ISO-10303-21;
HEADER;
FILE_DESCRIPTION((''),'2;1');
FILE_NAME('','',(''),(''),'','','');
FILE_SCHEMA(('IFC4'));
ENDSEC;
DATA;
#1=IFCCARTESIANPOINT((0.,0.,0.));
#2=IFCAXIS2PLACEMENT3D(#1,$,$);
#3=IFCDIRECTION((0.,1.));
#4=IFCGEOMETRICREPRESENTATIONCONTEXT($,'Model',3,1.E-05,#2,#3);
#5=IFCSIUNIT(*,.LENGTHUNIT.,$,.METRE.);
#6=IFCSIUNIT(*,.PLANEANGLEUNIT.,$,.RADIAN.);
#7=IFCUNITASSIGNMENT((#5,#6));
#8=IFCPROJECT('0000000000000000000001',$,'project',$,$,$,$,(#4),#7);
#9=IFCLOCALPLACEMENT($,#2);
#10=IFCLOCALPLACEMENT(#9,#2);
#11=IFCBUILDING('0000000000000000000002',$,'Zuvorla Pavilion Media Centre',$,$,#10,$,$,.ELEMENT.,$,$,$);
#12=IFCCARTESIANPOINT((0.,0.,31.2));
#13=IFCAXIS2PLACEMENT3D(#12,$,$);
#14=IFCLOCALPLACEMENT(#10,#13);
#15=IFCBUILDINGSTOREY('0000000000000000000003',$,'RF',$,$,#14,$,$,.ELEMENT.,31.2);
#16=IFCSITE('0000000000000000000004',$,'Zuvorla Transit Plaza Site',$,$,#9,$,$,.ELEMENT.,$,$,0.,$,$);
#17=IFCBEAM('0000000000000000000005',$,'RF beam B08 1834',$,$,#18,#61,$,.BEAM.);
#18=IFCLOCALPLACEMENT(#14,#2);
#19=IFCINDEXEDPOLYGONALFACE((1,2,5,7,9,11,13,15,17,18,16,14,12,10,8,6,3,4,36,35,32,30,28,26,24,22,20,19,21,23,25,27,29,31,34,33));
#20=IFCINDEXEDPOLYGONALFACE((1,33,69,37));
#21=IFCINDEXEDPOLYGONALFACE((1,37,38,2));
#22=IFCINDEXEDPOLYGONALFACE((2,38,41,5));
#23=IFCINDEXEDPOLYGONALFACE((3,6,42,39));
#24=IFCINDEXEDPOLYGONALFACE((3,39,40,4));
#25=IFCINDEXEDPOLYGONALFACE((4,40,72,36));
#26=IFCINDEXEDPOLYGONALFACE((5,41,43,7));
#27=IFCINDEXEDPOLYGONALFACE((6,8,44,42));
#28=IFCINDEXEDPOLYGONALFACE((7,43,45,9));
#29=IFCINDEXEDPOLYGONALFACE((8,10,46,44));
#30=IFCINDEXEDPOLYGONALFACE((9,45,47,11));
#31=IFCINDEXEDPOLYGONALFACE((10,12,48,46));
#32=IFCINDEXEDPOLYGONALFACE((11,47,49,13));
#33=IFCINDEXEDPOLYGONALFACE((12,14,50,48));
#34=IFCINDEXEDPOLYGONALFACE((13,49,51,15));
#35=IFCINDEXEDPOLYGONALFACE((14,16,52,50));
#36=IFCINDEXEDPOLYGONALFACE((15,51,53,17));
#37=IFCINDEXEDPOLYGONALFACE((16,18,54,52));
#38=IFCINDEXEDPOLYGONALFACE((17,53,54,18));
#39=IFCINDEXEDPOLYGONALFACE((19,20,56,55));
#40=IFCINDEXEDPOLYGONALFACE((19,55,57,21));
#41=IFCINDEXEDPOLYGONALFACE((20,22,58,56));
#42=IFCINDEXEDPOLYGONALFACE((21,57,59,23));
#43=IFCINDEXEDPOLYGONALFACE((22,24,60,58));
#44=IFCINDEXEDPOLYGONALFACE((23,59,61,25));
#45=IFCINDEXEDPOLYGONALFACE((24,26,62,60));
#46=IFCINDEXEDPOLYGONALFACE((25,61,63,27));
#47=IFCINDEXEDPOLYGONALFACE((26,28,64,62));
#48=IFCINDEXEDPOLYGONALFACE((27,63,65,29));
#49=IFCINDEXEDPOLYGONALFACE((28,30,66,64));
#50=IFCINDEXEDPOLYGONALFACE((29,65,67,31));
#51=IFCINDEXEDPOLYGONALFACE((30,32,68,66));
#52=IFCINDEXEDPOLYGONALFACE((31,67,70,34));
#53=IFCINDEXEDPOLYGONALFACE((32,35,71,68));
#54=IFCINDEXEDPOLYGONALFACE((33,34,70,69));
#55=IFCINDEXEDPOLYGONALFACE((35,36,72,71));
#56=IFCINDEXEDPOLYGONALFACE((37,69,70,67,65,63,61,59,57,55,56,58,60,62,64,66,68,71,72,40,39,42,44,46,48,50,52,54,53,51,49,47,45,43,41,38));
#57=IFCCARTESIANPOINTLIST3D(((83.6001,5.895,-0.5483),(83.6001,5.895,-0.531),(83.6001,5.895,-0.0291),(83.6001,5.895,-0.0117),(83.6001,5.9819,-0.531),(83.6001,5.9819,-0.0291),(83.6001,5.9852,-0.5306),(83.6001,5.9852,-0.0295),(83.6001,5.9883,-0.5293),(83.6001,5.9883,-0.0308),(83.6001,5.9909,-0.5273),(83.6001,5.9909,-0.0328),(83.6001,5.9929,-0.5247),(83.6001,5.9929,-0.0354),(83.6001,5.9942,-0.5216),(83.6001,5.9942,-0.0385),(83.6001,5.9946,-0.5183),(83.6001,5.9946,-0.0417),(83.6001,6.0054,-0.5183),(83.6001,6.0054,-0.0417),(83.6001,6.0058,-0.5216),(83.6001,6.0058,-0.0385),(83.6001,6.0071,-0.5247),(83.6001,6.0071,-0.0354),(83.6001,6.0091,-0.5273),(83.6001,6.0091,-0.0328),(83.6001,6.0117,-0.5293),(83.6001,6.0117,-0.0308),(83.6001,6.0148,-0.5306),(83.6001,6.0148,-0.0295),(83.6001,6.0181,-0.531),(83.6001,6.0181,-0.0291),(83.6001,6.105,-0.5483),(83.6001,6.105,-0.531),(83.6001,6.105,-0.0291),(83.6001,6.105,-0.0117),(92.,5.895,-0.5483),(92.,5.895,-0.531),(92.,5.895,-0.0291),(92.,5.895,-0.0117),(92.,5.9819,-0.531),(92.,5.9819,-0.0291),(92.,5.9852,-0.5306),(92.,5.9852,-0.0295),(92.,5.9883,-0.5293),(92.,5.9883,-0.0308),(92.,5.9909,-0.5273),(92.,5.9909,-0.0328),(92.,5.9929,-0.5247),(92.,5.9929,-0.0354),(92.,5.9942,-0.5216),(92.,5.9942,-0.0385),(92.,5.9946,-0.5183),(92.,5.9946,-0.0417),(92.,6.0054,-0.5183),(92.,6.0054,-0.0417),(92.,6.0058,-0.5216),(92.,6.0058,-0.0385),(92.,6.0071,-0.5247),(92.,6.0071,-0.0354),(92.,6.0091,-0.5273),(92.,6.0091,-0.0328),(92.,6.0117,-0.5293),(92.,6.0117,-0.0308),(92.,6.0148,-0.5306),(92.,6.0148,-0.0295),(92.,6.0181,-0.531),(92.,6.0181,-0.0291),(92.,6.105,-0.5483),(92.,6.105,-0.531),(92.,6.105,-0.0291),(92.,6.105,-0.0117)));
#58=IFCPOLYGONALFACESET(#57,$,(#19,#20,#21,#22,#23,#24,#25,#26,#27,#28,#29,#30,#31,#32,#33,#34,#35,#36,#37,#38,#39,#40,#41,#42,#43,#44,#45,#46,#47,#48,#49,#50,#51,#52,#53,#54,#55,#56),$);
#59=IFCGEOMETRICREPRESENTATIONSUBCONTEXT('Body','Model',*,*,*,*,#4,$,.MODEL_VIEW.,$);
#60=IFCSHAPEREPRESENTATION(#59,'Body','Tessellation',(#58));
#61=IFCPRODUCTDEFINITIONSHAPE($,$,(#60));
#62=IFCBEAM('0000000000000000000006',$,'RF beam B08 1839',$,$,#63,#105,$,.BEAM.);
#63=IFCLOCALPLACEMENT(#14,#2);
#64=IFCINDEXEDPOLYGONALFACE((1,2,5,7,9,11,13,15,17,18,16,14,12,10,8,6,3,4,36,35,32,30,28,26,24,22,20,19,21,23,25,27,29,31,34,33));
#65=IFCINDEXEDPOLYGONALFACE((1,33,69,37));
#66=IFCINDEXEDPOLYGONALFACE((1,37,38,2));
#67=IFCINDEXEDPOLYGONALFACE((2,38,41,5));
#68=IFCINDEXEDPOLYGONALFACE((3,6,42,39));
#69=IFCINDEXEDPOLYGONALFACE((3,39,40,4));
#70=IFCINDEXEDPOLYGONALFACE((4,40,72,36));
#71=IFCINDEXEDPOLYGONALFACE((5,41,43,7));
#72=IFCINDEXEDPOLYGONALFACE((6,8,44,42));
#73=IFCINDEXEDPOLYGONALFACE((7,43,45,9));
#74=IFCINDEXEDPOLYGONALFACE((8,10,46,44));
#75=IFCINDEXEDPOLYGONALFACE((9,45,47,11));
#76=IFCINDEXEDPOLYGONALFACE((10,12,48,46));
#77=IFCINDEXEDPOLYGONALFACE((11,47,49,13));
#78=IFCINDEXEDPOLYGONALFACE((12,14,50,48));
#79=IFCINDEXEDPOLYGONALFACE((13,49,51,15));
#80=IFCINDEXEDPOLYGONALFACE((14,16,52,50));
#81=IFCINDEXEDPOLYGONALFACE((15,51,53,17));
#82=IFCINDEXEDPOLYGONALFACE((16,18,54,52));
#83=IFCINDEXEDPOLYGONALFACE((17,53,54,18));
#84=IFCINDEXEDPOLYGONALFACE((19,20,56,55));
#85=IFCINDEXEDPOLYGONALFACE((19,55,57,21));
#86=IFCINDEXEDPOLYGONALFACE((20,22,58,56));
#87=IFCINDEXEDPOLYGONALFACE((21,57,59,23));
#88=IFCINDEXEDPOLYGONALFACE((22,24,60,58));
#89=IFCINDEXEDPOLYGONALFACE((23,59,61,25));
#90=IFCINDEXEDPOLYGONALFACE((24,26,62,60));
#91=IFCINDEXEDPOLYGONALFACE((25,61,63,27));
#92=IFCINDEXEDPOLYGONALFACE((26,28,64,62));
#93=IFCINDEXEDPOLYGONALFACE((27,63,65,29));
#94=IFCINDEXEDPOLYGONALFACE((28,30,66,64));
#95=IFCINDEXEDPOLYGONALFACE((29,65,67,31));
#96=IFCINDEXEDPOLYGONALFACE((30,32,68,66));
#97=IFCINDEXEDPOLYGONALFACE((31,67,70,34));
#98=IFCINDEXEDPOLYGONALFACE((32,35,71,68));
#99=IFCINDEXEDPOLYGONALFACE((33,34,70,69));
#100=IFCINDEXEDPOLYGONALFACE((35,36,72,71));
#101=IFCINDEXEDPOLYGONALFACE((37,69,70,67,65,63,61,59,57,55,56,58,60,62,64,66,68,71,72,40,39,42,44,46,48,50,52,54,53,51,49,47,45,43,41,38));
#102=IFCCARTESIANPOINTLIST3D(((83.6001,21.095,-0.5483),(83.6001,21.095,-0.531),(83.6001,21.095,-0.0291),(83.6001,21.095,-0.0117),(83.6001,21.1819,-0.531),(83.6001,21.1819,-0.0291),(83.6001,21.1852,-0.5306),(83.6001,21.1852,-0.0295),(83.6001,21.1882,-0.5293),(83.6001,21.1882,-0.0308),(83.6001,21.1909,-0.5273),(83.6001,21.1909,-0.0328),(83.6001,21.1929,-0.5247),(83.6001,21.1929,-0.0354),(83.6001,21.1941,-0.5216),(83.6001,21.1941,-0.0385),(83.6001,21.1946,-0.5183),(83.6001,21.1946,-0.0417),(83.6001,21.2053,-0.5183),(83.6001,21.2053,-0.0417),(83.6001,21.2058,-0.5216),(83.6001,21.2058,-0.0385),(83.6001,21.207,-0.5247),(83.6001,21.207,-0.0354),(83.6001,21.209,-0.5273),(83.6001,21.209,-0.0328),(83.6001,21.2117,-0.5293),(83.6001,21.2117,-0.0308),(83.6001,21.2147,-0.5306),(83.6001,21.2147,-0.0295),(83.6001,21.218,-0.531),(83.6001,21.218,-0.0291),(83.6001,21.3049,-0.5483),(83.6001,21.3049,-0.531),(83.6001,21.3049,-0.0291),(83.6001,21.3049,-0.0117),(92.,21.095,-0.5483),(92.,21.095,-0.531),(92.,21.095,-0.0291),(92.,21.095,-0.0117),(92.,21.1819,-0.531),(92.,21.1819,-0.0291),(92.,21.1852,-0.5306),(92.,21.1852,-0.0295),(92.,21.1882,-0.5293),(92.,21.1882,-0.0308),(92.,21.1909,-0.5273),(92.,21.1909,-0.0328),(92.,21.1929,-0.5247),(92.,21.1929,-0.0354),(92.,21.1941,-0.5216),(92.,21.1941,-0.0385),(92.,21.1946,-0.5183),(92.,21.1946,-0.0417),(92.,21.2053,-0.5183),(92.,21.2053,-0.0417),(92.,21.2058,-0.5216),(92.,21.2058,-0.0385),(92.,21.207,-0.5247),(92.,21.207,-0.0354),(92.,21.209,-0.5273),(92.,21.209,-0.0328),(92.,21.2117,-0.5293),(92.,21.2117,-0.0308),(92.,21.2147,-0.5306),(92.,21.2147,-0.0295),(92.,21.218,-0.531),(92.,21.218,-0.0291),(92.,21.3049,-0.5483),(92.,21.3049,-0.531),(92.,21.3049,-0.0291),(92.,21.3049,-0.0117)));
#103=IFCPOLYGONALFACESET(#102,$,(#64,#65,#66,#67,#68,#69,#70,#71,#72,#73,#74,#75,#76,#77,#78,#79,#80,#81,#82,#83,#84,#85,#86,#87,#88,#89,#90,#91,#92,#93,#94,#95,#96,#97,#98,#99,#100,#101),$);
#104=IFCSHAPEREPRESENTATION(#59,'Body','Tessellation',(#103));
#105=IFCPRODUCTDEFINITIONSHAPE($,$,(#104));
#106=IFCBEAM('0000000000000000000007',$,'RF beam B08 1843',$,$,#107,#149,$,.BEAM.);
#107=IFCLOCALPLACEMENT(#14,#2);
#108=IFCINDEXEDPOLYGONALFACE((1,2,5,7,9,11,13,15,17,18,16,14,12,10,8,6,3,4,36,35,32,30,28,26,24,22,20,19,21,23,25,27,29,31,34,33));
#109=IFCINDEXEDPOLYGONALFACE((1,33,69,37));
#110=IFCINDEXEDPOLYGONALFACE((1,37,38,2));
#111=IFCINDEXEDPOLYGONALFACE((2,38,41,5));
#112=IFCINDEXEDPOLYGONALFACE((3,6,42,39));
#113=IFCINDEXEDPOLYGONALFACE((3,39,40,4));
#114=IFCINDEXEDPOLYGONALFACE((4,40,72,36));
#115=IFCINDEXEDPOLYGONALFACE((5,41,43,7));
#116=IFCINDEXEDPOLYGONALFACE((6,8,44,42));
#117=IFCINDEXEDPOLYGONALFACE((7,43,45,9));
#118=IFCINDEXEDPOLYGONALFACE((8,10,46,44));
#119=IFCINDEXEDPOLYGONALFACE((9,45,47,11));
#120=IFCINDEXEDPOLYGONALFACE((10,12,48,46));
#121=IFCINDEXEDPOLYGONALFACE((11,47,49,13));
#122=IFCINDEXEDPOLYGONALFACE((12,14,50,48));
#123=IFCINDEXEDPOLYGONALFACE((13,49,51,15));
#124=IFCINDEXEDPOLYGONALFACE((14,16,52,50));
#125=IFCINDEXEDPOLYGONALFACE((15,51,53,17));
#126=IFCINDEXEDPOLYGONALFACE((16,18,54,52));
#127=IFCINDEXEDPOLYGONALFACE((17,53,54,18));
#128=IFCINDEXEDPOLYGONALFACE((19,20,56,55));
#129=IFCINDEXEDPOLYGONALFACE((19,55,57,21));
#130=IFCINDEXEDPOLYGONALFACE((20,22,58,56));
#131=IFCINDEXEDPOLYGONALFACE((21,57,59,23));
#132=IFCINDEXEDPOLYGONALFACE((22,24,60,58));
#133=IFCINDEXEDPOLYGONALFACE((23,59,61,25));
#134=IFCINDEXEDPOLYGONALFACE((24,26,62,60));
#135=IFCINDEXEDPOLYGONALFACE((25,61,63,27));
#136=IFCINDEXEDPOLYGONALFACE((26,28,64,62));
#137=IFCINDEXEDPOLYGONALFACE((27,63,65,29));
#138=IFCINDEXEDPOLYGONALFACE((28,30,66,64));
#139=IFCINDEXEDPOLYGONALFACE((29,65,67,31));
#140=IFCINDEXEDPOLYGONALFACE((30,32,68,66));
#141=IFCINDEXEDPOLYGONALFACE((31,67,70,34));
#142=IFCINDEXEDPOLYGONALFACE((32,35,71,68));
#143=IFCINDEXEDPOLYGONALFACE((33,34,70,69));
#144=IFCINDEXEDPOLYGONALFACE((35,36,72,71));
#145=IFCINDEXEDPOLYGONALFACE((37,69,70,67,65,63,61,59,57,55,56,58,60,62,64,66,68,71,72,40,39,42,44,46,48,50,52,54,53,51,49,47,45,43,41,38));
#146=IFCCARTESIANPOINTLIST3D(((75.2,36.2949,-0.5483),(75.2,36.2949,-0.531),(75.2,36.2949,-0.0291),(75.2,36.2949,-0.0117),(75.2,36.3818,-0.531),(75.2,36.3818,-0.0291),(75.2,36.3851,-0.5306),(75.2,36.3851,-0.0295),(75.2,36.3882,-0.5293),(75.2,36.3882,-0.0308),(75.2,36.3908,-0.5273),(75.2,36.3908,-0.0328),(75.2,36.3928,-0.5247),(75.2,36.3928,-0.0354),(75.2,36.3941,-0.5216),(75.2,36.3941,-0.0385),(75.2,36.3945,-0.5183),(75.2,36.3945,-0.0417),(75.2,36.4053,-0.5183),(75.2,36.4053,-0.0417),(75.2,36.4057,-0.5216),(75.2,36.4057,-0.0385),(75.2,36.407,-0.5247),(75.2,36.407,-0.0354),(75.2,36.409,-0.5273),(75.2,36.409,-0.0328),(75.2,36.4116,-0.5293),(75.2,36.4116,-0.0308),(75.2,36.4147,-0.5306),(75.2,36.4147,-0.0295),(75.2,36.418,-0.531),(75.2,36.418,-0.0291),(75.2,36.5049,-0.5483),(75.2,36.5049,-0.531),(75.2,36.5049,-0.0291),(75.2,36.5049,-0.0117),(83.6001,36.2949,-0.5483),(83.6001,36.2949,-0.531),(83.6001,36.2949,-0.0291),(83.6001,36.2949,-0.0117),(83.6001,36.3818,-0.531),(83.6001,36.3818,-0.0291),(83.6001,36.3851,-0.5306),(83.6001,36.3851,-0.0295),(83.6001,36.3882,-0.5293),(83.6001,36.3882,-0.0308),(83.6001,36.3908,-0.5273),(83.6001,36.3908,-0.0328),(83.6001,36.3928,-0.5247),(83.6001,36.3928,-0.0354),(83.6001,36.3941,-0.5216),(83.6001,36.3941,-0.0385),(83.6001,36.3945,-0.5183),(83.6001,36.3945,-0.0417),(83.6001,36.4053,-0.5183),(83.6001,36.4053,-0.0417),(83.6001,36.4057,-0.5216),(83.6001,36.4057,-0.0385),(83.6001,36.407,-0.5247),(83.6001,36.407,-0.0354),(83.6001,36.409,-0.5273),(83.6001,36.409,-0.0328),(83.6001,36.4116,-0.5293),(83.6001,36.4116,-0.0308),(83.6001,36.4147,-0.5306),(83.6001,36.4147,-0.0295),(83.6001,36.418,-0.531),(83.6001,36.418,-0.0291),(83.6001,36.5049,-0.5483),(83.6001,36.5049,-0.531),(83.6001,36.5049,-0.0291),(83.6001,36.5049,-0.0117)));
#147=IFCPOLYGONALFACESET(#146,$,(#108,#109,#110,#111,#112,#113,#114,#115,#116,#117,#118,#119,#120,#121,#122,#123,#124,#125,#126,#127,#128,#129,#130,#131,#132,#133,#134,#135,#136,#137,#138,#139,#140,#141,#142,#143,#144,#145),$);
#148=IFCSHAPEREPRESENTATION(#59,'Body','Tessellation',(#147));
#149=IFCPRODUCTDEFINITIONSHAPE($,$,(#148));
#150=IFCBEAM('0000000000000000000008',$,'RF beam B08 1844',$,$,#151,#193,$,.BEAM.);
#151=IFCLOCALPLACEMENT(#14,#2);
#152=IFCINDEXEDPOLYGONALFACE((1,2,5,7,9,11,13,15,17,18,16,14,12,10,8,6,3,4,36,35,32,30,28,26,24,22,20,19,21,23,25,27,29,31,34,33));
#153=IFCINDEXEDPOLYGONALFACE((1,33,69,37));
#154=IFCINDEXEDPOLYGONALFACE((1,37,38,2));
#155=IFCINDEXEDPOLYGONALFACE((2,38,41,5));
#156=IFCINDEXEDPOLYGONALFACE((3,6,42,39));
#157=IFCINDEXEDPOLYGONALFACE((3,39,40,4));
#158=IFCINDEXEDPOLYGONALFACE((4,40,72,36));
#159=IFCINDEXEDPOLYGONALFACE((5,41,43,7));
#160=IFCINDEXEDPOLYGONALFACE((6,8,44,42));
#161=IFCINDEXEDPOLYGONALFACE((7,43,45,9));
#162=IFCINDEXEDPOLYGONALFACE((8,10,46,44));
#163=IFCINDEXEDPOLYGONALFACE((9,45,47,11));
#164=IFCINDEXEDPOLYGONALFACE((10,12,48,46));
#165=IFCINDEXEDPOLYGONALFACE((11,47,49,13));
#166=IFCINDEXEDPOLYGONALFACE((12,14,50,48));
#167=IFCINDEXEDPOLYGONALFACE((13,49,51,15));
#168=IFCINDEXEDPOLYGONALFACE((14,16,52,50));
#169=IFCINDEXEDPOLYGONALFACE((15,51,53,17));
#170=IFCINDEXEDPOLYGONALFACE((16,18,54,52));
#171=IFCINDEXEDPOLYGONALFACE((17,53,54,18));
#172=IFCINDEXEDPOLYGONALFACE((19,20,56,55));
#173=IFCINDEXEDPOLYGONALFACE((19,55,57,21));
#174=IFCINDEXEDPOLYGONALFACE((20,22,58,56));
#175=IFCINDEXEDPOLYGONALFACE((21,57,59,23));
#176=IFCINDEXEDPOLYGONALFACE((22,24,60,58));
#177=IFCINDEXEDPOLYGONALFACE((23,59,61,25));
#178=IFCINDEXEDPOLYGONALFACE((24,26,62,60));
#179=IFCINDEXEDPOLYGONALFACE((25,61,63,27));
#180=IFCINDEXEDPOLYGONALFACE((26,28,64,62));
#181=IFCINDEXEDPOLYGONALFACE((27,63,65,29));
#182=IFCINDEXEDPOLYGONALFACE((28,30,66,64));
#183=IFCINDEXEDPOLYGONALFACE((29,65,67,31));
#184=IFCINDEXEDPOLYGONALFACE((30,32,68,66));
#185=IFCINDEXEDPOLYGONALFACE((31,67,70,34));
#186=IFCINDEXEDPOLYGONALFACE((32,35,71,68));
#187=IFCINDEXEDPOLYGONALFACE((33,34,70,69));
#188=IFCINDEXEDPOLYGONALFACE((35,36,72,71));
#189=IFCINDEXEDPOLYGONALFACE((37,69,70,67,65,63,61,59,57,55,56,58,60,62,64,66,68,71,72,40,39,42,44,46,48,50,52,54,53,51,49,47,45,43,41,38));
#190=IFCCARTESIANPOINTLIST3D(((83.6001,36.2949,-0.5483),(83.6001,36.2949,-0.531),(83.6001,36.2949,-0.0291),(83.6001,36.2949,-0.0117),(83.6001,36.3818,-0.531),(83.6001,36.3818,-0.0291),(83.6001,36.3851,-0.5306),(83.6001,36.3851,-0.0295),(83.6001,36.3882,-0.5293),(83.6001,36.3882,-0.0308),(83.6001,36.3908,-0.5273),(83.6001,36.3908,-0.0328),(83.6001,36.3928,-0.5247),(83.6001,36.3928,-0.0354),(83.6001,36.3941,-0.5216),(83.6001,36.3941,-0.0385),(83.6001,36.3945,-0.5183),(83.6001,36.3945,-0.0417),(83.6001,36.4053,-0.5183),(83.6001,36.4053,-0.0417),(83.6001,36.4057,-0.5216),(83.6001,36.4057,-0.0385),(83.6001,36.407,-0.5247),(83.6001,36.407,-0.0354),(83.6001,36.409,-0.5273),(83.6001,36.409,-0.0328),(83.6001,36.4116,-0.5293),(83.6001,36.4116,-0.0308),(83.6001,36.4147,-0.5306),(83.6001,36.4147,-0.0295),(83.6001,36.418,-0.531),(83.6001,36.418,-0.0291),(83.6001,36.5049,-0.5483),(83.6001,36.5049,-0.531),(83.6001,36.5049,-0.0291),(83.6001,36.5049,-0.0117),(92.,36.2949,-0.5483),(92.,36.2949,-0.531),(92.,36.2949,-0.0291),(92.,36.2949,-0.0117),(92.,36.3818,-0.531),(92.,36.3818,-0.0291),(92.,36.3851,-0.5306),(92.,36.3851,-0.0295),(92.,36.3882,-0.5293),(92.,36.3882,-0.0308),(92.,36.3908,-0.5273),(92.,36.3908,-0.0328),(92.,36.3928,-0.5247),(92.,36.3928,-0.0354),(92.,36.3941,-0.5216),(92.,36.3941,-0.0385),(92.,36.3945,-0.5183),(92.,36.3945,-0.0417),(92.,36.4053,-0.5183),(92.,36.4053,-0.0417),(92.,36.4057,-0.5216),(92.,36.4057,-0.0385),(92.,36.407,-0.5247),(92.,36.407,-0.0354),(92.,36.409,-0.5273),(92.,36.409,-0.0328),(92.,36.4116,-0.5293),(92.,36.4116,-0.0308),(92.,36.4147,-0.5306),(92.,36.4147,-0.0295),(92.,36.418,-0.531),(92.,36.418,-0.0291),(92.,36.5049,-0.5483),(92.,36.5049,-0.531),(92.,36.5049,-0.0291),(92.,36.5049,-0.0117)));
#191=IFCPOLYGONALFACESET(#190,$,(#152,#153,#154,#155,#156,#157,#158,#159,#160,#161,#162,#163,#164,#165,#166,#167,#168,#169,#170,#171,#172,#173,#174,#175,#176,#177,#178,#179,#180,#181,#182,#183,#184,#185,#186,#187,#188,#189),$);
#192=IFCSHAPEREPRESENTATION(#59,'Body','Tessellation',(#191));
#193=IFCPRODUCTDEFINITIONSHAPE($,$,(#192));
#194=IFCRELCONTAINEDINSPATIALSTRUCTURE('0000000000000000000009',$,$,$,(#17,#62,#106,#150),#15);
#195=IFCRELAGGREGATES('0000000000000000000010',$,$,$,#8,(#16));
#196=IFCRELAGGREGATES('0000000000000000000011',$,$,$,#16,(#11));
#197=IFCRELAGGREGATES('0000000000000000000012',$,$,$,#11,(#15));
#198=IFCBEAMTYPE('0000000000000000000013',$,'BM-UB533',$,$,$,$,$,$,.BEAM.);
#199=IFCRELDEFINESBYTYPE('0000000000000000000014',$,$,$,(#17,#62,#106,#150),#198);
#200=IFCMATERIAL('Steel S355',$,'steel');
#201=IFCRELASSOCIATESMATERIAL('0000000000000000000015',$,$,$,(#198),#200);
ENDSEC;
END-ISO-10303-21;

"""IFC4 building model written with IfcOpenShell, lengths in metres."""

from ifc_helpers import new_model, si_unit, direction, frame, origin, origin_2d, place, context, subcontext, project, spatial, i_section, extrude, material, material_profile, profile_set, type_object, element, save


model = new_model("IFC4")

# Units and contexts
model_context = context("Model", 3, precision=1e-05, world=origin(), true_north=direction((0.0, 1.0)))
body_context = subcontext(model_context, "Body", "Model", "MODEL_VIEW")
ifc_project = project(units=[si_unit("LENGTHUNIT", "METRE"), si_unit("PLANEANGLEUNIT", "RADIAN")], contexts=[model_context])

# Site, building, storey
site_placement = place(None, origin())
site = spatial("IfcSite", under=ifc_project, at=site_placement, Name="Zuvorla Transit Plaza Site", CompositionType="ELEMENT", RefElevation=0.0)
building_placement = place(site_placement, origin())
building = spatial("IfcBuilding", under=site, at=building_placement, Name="Zuvorla Pavilion Media Centre", CompositionType="ELEMENT")
storey_placement = place(building_placement, frame((0.0, 0.0, 31.2)))
storey = spatial("IfcBuildingStorey", under=building, at=storey_placement, Name="RF", CompositionType="ELEMENT", Elevation=31.2)

# Beams
ifc_material = material(Name="Steel S355", Category="steel")
ifc_material_profile_1 = material_profile(ifc_material, i_section(OverallWidth=0.21, OverallDepth=0.5366, WebThickness=0.0107, FlangeThickness=0.0173, FilletRadius=0.0127, at=origin_2d()), Name="UB 533x210x101")
ifc_profile_set_1 = profile_set([ifc_material_profile_1], Name="Steel S355")
beam_type = type_object("IfcBeamType", Name="BM-UB533", PredefinedType="BEAM", material=ifc_profile_set_1)
for number, where, z_axis, x_axis, name in (
    (1, (83.6001, 6.0, -0.28), (1.0, 0.0, 0.0), (0.0, 1.0, 0.0), "RF beam B08 1834"),
    (2, (83.6001, 21.2, -0.28), (1.0, 0.0, 0.0), (0.0, 1.0, 0.0), "RF beam B08 1839"),
):
    element("IfcBeam", number, at=place(storey_placement, frame(where, z_axis=z_axis, x_axis=x_axis)), inside=storey, type_object=beam_type, Name=name, PredefinedType="BEAM", context=body_context, shape_type="SweptSolid", body=[
        extrude(i_section(OverallWidth=0.21, OverallDepth=0.5366, WebThickness=0.0107, FlangeThickness=0.0173, FilletRadius=0.0127, at=origin_2d()), origin(), (0.0, 0.0, 1.0), 8.3999),
    ])
beam_1_placement = place(storey_placement, frame((75.2, 36.3999, -0.28), z_axis=(1.0, 0.0, 0.0), x_axis=(0.0, 1.0, 0.0)))
element("IfcBeam", 3, at=beam_1_placement, inside=storey, type_object=beam_type, Name="RF beam B08 1843", PredefinedType="BEAM", context=body_context, shape_type="SweptSolid", body=[
    extrude(i_section(OverallWidth=0.21, OverallDepth=0.5366, WebThickness=0.0107, FlangeThickness=0.0173, FilletRadius=0.0127, at=origin_2d()), origin(), (0.0, 0.0, 1.0), 8.4001),
])
beam_2_placement = place(storey_placement, frame((83.6001, 36.3999, -0.28), z_axis=(1.0, 0.0, 0.0), x_axis=(0.0, 1.0, 0.0)))
element("IfcBeam", 4, at=beam_2_placement, inside=storey, type_object=beam_type, Name="RF beam B08 1844", PredefinedType="BEAM", context=body_context, shape_type="SweptSolid", body=[
    extrude(i_section(OverallWidth=0.21, OverallDepth=0.5366, WebThickness=0.0107, FlangeThickness=0.0173, FilletRadius=0.0127, at=origin_2d()), origin(), (0.0, 0.0, 1.0), 8.3999),
])

save(model, "model.ifc")
